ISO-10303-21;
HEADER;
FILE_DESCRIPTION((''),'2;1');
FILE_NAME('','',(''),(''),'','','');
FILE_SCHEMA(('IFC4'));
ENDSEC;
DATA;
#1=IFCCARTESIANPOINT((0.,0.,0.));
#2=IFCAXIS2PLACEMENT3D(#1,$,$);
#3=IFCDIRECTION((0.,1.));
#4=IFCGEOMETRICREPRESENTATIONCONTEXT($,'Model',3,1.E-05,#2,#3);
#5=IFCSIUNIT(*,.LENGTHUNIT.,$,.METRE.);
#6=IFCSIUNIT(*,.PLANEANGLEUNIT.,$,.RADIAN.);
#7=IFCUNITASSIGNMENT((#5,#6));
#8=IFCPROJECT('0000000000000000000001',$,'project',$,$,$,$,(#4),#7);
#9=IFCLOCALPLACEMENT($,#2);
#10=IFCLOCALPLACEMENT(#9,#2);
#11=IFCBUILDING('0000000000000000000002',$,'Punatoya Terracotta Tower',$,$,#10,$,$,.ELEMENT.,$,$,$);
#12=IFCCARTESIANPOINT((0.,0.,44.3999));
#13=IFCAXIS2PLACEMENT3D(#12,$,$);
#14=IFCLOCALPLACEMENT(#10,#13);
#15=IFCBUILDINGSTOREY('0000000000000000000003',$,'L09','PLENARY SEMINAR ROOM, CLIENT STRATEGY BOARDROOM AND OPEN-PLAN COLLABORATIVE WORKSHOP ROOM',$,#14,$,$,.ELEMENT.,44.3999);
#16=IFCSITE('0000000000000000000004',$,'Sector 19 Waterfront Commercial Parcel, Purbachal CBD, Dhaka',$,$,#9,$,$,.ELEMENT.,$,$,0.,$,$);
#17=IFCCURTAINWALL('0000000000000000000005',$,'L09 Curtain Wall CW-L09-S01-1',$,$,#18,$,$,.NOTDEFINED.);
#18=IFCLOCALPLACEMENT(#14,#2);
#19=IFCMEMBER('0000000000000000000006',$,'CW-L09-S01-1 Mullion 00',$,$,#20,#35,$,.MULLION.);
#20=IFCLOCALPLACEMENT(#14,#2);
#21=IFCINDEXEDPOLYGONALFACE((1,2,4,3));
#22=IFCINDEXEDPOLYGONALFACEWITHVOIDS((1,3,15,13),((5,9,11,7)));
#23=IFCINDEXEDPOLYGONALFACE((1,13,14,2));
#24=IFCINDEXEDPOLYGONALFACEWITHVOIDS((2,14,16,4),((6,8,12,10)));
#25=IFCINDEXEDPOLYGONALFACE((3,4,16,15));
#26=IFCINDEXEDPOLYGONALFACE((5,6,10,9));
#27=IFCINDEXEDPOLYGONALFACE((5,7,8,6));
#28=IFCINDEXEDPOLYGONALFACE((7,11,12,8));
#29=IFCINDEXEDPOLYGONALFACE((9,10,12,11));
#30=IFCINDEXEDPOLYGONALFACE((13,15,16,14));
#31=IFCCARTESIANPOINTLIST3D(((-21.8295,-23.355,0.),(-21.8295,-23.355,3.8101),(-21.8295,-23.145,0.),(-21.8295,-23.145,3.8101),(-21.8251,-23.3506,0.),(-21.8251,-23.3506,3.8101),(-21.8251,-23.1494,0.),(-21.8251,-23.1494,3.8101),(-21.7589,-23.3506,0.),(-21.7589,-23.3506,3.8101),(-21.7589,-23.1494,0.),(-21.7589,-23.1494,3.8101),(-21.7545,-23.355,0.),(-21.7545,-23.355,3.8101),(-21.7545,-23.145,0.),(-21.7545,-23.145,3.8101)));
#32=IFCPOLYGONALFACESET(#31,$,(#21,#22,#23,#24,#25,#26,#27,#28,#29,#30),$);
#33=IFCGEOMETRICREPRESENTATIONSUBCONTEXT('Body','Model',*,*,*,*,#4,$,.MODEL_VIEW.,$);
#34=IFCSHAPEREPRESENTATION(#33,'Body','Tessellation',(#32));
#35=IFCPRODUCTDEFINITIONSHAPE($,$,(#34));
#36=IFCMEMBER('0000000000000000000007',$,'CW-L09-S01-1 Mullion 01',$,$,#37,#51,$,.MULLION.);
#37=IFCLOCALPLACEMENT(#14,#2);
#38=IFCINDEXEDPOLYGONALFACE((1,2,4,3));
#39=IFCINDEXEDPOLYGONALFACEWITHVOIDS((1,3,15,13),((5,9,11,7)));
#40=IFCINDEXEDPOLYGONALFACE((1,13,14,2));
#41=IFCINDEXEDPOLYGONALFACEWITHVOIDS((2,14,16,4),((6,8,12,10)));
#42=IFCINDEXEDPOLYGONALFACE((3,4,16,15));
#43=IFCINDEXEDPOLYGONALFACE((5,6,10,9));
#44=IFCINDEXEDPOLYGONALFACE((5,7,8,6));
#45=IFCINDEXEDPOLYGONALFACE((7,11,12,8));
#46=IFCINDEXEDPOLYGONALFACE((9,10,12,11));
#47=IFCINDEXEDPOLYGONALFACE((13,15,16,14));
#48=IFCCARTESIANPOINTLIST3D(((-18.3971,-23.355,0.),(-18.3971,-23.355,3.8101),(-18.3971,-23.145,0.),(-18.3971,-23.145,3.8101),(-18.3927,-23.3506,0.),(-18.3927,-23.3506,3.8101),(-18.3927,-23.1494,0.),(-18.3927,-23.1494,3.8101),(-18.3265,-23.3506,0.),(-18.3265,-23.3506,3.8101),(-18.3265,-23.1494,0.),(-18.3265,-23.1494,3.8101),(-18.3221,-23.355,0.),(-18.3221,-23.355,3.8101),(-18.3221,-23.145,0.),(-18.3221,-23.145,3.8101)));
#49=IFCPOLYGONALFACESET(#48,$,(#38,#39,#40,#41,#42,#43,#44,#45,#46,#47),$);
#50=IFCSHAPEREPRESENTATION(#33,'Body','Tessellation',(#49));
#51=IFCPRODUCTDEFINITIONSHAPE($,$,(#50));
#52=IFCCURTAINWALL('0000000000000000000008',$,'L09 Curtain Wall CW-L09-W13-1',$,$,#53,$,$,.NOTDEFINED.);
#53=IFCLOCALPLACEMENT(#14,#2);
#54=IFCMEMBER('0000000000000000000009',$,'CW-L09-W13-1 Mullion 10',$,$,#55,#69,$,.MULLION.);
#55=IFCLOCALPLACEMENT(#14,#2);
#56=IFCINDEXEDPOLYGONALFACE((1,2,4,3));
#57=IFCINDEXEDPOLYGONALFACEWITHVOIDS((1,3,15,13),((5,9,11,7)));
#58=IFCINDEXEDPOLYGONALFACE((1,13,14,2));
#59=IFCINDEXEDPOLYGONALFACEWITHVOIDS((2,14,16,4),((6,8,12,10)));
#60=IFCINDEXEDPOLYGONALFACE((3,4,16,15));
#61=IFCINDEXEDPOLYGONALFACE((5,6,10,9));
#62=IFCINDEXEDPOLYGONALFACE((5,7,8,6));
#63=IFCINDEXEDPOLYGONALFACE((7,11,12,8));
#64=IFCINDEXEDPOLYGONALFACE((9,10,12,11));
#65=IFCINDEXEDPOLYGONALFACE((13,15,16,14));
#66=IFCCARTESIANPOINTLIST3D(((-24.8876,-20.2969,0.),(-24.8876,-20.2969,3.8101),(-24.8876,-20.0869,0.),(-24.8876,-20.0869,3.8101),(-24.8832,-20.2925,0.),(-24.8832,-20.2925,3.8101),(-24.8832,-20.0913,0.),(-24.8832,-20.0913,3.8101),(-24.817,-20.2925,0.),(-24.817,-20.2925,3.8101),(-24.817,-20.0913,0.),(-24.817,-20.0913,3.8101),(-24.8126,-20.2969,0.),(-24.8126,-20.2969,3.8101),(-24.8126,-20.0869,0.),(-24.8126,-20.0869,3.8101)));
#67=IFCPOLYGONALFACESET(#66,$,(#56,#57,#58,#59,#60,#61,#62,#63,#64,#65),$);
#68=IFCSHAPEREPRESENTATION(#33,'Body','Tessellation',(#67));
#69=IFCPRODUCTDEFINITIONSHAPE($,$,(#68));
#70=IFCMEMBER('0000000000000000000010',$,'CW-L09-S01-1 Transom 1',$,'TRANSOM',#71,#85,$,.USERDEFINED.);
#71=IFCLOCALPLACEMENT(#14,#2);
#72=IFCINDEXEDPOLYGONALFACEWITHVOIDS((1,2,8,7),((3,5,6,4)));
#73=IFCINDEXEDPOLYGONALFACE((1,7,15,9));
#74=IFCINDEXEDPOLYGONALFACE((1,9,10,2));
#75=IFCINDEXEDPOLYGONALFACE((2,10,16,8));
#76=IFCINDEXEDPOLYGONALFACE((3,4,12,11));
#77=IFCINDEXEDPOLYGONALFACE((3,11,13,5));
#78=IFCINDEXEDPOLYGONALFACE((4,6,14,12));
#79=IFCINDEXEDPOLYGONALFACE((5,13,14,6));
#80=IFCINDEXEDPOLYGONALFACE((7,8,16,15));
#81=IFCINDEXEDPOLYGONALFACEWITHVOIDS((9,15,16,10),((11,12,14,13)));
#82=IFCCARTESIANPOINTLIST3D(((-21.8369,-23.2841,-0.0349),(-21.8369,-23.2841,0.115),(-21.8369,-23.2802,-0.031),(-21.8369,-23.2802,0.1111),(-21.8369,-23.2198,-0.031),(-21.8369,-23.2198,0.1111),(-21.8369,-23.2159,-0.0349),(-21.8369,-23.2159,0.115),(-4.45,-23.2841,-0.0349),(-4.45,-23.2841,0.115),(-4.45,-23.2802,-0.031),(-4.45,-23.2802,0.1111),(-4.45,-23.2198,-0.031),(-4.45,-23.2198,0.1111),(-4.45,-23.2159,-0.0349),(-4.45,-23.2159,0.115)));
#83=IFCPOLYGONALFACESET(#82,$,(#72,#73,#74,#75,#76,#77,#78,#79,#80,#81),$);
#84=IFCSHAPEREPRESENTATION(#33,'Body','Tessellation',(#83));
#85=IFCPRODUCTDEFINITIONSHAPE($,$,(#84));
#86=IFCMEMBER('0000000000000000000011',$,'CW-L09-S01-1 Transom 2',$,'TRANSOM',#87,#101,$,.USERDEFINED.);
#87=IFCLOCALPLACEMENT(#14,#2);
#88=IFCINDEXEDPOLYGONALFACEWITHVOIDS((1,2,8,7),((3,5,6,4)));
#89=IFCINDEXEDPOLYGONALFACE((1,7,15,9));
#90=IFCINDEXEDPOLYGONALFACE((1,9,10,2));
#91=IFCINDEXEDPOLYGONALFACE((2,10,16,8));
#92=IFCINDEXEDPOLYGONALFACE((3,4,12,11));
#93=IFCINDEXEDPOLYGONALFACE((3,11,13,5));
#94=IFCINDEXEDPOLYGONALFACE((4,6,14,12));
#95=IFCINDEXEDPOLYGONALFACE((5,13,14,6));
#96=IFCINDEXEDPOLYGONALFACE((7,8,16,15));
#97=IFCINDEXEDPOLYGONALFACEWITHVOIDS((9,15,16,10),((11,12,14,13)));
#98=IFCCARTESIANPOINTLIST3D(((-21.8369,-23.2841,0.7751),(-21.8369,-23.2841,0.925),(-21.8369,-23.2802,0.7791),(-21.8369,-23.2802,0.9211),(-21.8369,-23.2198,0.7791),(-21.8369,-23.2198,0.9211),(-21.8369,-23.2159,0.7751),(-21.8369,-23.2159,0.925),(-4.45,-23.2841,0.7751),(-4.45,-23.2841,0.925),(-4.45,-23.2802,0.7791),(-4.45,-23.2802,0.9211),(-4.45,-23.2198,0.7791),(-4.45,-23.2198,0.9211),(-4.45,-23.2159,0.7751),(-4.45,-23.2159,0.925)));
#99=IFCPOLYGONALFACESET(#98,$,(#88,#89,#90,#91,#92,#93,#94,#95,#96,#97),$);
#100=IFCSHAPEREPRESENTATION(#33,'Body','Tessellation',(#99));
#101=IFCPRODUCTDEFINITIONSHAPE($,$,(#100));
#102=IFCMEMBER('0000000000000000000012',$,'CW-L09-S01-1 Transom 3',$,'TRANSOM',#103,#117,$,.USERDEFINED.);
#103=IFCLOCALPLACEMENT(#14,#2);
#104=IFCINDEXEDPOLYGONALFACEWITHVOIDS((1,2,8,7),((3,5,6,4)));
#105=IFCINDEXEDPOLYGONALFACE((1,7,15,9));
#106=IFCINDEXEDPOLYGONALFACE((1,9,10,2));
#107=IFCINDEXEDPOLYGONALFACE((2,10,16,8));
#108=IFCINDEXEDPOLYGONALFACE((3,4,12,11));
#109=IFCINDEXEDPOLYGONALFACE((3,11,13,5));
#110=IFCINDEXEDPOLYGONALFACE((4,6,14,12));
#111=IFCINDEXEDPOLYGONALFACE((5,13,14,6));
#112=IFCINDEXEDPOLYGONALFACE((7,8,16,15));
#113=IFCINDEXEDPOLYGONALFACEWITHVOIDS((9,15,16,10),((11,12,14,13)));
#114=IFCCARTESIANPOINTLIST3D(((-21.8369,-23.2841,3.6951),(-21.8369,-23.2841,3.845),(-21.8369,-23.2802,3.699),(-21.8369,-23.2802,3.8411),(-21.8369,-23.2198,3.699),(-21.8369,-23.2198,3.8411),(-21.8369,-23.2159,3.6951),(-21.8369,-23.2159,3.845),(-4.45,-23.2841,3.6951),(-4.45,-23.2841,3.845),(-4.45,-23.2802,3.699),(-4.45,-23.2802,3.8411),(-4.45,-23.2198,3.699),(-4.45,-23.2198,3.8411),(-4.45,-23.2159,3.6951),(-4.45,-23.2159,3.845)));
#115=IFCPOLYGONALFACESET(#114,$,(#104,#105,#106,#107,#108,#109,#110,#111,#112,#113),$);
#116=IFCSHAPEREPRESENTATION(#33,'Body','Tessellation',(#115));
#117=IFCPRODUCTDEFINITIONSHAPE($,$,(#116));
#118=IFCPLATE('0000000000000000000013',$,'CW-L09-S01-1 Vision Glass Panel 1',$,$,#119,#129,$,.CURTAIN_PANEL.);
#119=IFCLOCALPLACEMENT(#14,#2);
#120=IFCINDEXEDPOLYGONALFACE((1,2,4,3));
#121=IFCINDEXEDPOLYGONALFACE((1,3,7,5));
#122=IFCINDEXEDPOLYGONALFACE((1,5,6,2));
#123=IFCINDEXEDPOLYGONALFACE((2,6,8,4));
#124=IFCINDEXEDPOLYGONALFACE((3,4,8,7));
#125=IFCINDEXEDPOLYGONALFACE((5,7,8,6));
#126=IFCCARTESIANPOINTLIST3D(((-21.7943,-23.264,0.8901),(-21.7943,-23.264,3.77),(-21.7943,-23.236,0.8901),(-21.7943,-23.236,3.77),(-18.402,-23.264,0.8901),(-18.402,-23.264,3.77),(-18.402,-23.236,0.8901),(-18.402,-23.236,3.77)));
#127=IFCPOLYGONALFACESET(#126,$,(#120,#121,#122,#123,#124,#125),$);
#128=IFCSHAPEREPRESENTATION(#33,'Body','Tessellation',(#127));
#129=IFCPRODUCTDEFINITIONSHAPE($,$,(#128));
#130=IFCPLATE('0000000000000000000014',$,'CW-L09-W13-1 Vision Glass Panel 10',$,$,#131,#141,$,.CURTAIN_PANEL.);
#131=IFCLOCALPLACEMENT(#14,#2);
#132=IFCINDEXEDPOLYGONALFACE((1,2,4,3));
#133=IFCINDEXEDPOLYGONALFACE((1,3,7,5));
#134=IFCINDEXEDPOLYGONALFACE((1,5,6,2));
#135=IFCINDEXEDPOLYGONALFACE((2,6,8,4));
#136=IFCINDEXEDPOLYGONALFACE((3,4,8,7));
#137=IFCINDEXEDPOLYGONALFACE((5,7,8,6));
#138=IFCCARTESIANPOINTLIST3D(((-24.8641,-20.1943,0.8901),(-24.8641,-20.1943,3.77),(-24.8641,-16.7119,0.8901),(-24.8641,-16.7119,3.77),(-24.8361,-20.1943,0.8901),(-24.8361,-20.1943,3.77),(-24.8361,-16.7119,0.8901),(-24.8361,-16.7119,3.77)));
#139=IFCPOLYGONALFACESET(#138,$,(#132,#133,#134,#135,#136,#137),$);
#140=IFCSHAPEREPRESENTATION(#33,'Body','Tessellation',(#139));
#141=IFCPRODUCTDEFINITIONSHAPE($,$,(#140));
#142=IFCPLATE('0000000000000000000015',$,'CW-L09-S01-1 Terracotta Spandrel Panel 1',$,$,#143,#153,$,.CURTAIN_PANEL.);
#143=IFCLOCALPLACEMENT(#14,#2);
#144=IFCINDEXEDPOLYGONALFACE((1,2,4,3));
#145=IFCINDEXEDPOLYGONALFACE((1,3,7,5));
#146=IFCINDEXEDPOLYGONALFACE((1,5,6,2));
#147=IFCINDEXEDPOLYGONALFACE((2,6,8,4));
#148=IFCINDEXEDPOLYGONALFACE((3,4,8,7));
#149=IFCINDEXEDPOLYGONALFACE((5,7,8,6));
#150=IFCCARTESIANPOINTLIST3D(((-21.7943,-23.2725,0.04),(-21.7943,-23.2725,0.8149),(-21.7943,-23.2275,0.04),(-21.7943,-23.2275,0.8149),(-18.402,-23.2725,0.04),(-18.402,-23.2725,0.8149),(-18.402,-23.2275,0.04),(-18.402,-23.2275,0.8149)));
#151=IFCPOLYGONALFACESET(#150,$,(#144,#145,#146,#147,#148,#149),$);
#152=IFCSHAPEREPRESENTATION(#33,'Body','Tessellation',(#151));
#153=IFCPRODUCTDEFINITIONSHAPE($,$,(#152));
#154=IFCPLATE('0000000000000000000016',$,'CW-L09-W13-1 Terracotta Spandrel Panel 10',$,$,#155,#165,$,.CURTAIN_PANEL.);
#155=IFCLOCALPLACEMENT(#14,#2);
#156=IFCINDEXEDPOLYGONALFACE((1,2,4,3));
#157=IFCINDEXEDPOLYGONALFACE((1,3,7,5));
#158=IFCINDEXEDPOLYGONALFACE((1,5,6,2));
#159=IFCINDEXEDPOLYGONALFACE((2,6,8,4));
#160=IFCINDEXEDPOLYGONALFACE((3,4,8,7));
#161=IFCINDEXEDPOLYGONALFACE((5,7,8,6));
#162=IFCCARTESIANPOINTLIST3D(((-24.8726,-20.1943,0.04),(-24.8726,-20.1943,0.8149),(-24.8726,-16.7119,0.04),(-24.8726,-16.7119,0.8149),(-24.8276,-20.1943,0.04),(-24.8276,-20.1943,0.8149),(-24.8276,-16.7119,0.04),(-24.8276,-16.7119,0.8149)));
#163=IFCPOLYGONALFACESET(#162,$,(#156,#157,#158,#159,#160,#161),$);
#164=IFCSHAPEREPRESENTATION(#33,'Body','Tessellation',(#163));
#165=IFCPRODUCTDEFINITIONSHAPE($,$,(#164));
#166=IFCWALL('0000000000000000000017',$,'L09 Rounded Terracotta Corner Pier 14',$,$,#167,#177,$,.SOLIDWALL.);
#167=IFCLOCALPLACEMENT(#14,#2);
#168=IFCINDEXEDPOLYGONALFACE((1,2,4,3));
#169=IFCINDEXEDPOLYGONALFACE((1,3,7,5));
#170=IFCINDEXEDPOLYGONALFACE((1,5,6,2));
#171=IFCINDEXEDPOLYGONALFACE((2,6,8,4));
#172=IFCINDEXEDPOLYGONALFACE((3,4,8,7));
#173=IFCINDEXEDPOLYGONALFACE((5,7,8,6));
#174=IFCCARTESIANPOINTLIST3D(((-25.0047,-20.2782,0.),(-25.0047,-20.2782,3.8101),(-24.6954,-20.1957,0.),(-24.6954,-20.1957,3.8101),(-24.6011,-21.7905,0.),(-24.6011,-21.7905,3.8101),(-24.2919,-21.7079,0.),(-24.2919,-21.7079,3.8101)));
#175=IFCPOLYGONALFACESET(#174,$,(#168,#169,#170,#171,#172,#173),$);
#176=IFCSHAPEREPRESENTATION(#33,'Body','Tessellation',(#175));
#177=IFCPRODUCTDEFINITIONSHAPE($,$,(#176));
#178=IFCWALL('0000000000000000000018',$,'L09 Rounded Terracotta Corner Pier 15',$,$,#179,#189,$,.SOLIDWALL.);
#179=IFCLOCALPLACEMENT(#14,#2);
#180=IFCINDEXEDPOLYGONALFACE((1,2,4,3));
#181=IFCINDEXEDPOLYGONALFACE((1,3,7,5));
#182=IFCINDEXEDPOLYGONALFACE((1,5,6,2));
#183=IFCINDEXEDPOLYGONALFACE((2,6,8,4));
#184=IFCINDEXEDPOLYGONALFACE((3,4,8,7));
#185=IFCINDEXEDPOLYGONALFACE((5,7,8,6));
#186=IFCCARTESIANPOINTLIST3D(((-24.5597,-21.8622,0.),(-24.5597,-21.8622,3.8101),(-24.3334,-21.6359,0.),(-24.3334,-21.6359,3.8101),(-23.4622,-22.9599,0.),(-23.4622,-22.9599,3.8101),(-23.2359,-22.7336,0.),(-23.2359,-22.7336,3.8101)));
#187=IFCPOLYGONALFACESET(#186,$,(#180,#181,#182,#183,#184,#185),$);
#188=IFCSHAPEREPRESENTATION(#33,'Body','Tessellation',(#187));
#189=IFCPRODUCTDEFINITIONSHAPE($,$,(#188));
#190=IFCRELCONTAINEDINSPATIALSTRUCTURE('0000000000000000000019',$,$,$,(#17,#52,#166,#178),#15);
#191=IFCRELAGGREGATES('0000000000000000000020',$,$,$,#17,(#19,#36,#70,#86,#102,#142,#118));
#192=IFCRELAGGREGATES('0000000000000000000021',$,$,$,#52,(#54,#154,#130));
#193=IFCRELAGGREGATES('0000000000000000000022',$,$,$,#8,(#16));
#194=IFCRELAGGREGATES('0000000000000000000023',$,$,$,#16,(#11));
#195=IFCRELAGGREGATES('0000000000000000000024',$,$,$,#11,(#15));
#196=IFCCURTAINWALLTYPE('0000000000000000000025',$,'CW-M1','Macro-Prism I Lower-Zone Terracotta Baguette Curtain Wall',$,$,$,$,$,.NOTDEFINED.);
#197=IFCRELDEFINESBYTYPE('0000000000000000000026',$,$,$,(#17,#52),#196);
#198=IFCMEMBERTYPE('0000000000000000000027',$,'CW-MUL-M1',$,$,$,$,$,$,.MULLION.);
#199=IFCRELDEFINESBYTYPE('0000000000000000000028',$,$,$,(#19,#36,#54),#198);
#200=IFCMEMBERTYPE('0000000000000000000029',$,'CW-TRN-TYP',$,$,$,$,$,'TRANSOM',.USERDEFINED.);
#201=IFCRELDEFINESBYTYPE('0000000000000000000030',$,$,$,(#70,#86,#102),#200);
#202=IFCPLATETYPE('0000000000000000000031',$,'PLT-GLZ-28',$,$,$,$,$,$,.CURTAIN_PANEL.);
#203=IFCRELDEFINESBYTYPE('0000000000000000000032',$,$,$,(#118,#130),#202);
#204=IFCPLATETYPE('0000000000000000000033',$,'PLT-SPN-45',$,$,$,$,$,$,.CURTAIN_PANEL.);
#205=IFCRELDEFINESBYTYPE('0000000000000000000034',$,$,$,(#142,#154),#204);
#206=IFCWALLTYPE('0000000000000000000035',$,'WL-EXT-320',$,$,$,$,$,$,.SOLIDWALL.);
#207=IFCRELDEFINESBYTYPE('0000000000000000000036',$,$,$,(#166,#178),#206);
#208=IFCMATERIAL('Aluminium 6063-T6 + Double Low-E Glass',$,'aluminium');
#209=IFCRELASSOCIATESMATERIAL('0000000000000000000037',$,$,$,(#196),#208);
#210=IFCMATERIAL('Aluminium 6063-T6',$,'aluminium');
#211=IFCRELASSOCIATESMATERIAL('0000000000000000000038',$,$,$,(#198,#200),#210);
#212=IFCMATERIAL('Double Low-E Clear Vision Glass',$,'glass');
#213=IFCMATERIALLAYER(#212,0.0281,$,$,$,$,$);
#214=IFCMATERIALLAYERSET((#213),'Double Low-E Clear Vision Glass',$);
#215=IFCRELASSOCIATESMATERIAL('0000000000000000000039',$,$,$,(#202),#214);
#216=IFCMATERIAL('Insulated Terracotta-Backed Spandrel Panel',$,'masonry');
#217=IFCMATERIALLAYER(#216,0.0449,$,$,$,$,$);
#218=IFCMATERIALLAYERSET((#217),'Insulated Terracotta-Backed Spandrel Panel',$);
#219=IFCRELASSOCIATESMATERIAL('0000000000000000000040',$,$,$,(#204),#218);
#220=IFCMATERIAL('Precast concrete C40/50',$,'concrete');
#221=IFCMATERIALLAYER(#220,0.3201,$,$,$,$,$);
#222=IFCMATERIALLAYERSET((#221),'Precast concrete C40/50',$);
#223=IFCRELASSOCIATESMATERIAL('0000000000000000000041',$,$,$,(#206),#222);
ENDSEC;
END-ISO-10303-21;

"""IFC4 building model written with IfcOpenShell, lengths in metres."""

from ifc_helpers import new_model, si_unit, direction, frame, frame_2d, origin, origin_2d, place, context, subcontext, project, spatial, rectangle, hollow_rectangle, extrude, material, layer, layer_set, material_profile, profile_set, type_object, element, aggregate, save


model = new_model("IFC4")

# Units and contexts
model_context = context("Model", 3, precision=1e-05, world=origin(), true_north=direction((0.0, 1.0)))
body_context = subcontext(model_context, "Body", "Model", "MODEL_VIEW")
ifc_project = project(units=[si_unit("LENGTHUNIT", "METRE"), si_unit("PLANEANGLEUNIT", "RADIAN")], contexts=[model_context])

# Site, building, storey
site_placement = place(None, origin())
site = spatial("IfcSite", under=ifc_project, at=site_placement, Name="Sector 19 Waterfront Commercial Parcel, Purbachal CBD, Dhaka", CompositionType="ELEMENT", RefElevation=0.0)
building_placement = place(site_placement, origin())
building = spatial("IfcBuilding", under=site, at=building_placement, Name="Punatoya Terracotta Tower", CompositionType="ELEMENT")
storey_placement = place(building_placement, frame((0.0, 0.0, 44.3999)))
storey = spatial("IfcBuildingStorey", under=building, at=storey_placement, Name="L09", Description="PLENARY SEMINAR ROOM, CLIENT STRATEGY BOARDROOM AND OPEN-PLAN COLLABORATIVE WORKSHOP ROOM", CompositionType="ELEMENT", Elevation=44.3999)

# Curtain wall, members
ifc_material_1 = material(Name="Aluminium 6063-T6 + Double Low-E Glass", Category="aluminium")
curtain_wall_type = type_object("IfcCurtainWallType", Name="CW-M1", Description="Macro-Prism I Lower-Zone Terracotta Baguette Curtain Wall", PredefinedType="NOTDEFINED", material=ifc_material_1)
curtain_wall_1_placement = place(storey_placement, origin())
curtain_wall_1 = element("IfcCurtainWall", 1, at=curtain_wall_1_placement, inside=storey, type_object=curtain_wall_type, Name="L09 Curtain Wall CW-L09-S01-1", PredefinedType="NOTDEFINED")
ifc_material_2 = material(Name="Aluminium 6063-T6", Category="aluminium")
ifc_material_profile_1 = material_profile(ifc_material_2, hollow_rectangle(XDim=0.075, YDim=0.21, WallThickness=0.0044, at=origin_2d()))
ifc_profile_set_1 = profile_set([ifc_material_profile_1], Name="Aluminium 6063-T6")
member_type_1 = type_object("IfcMemberType", Name="CW-MUL-M1", PredefinedType="MULLION", material=ifc_profile_set_1)
member_1_placement = place(storey_placement, frame((-21.792, -23.25, 0.0), z_axis=(0.0, 0.0, 1.0), x_axis=(1.0, 0.0, 0.0)))
member_1 = element("IfcMember", 2, at=member_1_placement, type_object=member_type_1, Name="CW-L09-S01-1 Mullion 00", PredefinedType="MULLION", context=body_context, shape_type="SweptSolid", body=[
    extrude(hollow_rectangle(XDim=0.075, YDim=0.21, WallThickness=0.0044, at=origin_2d()), origin(), (0.0, 0.0, 1.0), 3.8101),
])
member_2_placement = place(storey_placement, frame((-18.3596, -23.25, 0.0), z_axis=(0.0, 0.0, 1.0), x_axis=(1.0, 0.0, 0.0)))
member_2 = element("IfcMember", 3, at=member_2_placement, type_object=member_type_1, Name="CW-L09-S01-1 Mullion 01", PredefinedType="MULLION", context=body_context, shape_type="SweptSolid", body=[
    extrude(hollow_rectangle(XDim=0.075, YDim=0.21, WallThickness=0.0044, at=origin_2d()), origin(), (0.0, 0.0, 1.0), 3.8101),
])

# Curtain wall, member
curtain_wall_2_placement = place(storey_placement, origin())
curtain_wall_2 = element("IfcCurtainWall", 4, at=curtain_wall_2_placement, inside=storey, type_object=curtain_wall_type, Name="L09 Curtain Wall CW-L09-W13-1", PredefinedType="NOTDEFINED")
member_3_placement = place(storey_placement, frame((-24.8501, -20.1919, 0.0), z_axis=(0.0, 0.0, 1.0), x_axis=(1.0, 0.0, 0.0)))
member_3 = element("IfcMember", 5, at=member_3_placement, type_object=member_type_1, Name="CW-L09-W13-1 Mullion 10", PredefinedType="MULLION", context=body_context, shape_type="SweptSolid", body=[
    extrude(hollow_rectangle(XDim=0.075, YDim=0.21, WallThickness=0.0044, at=origin_2d()), origin(), (0.0, 0.0, 1.0), 3.8101),
])

# Members
ifc_material_profile_2 = material_profile(ifc_material_2, hollow_rectangle(XDim=0.0681, YDim=0.1499, WallThickness=0.0039, at=origin_2d()))
ifc_profile_set_2 = profile_set([ifc_material_profile_2], Name="Aluminium 6063-T6")
member_type_2 = type_object("IfcMemberType", Name="CW-TRN-TYP", ElementType="TRANSOM", PredefinedType="USERDEFINED", material=ifc_profile_set_2)
member_4_placement = place(storey_placement, frame((-21.8369, -23.25, 0.04), z_axis=(1.0, 0.0, 0.0), x_axis=(0.0, 1.0, 0.0)))
member_4 = element("IfcMember", 6, at=member_4_placement, type_object=member_type_2, Name="CW-L09-S01-1 Transom 1", ObjectType="TRANSOM", PredefinedType="USERDEFINED", context=body_context, shape_type="SweptSolid", body=[
    extrude(hollow_rectangle(XDim=0.0681, YDim=0.1499, WallThickness=0.0039, at=origin_2d()), origin(), (0.0, 0.0, 1.0), 17.387),
])
member_5_placement = place(storey_placement, frame((-21.8369, -23.25, 0.8501), z_axis=(1.0, 0.0, 0.0), x_axis=(0.0, 1.0, 0.0)))
member_5 = element("IfcMember", 7, at=member_5_placement, type_object=member_type_2, Name="CW-L09-S01-1 Transom 2", ObjectType="TRANSOM", PredefinedType="USERDEFINED", context=body_context, shape_type="SweptSolid", body=[
    extrude(hollow_rectangle(XDim=0.0681, YDim=0.1499, WallThickness=0.0039, at=origin_2d()), origin(), (0.0, 0.0, 1.0), 17.387),
])
member_6_placement = place(storey_placement, frame((-21.8369, -23.25, 3.77), z_axis=(1.0, 0.0, 0.0), x_axis=(0.0, 1.0, 0.0)))
member_6 = element("IfcMember", 8, at=member_6_placement, type_object=member_type_2, Name="CW-L09-S01-1 Transom 3", ObjectType="TRANSOM", PredefinedType="USERDEFINED", context=body_context, shape_type="SweptSolid", body=[
    extrude(hollow_rectangle(XDim=0.0681, YDim=0.1499, WallThickness=0.0039, at=origin_2d()), origin(), (0.0, 0.0, 1.0), 17.387),
])

# Plates
ifc_material_3 = material(Name="Double Low-E Clear Vision Glass", Category="glass")
ifc_layer_1 = layer(ifc_material_3, 0.0281)
ifc_layer_set_1 = layer_set([ifc_layer_1], Name="Double Low-E Clear Vision Glass")
plate_type_1 = type_object("IfcPlateType", Name="PLT-GLZ-28", PredefinedType="CURTAIN_PANEL", material=ifc_layer_set_1)
plate_1_placement = place(storey_placement, frame((-20.0981, -23.25, 0.8901), z_axis=(0.0, 0.0, 1.0), x_axis=(1.0, 0.0, 0.0)))
plate_1 = element("IfcPlate", 9, at=plate_1_placement, type_object=plate_type_1, Name="CW-L09-S01-1 Vision Glass Panel 1", PredefinedType="CURTAIN_PANEL", context=body_context, shape_type="SweptSolid", body=[
    extrude(rectangle(XDim=3.3923, YDim=0.0281, at=origin_2d()), origin(), (0.0, 0.0, 1.0), 2.8799),
])
plate_2_placement = place(storey_placement, frame((-24.8501, -18.4531, 0.8901), z_axis=(0.0, 0.0, 1.0), x_axis=(0.0, -1.0, 0.0)))
plate_2 = element("IfcPlate", 10, at=plate_2_placement, type_object=plate_type_1, Name="CW-L09-W13-1 Vision Glass Panel 10", PredefinedType="CURTAIN_PANEL", context=body_context, shape_type="SweptSolid", body=[
    extrude(rectangle(XDim=3.4824, YDim=0.0281, at=origin_2d()), origin(), (0.0, 0.0, 1.0), 2.8799),
])
ifc_material_4 = material(Name="Insulated Terracotta-Backed Spandrel Panel", Category="masonry")
ifc_layer_2 = layer(ifc_material_4, 0.0449)
ifc_layer_set_2 = layer_set([ifc_layer_2], Name="Insulated Terracotta-Backed Spandrel Panel")
plate_type_2 = type_object("IfcPlateType", Name="PLT-SPN-45", PredefinedType="CURTAIN_PANEL", material=ifc_layer_set_2)
plate_3_placement = place(storey_placement, frame((-20.0981, -23.25, 0.04), z_axis=(0.0, 0.0, 1.0), x_axis=(1.0, 0.0, 0.0)))
plate_3 = element("IfcPlate", 11, at=plate_3_placement, type_object=plate_type_2, Name="CW-L09-S01-1 Terracotta Spandrel Panel 1", PredefinedType="CURTAIN_PANEL", context=body_context, shape_type="SweptSolid", body=[
    extrude(rectangle(XDim=3.3923, YDim=0.0449, at=origin_2d()), origin(), (0.0, 0.0, 1.0), 0.7749),
])
aggregate(curtain_wall_1, [member_1, member_2, member_4, member_5, member_6, plate_3, plate_1])
plate_4_placement = place(storey_placement, frame((-24.8501, -18.4531, 0.04), z_axis=(0.0, 0.0, 1.0), x_axis=(0.0, -1.0, 0.0)))
plate_4 = element("IfcPlate", 12, at=plate_4_placement, type_object=plate_type_2, Name="CW-L09-W13-1 Terracotta Spandrel Panel 10", PredefinedType="CURTAIN_PANEL", context=body_context, shape_type="SweptSolid", body=[
    extrude(rectangle(XDim=3.4824, YDim=0.0449, at=origin_2d()), origin(), (0.0, 0.0, 1.0), 0.7749),
])
aggregate(curtain_wall_2, [member_3, plate_4, plate_2])

# Walls
ifc_material_5 = material(Name="Precast concrete C40/50", Category="concrete")
ifc_layer_3 = layer(ifc_material_5, 0.3201)
ifc_layer_set_3 = layer_set([ifc_layer_3], Name="Precast concrete C40/50")
wall_type = type_object("IfcWallType", Name="WL-EXT-320", PredefinedType="SOLIDWALL", material=ifc_layer_set_3)
wall_1_placement = place(storey_placement, frame((-24.8501, -20.2368, 0.0), z_axis=(0.0, 0.0, 1.0), x_axis=(0.257847, -0.966186, 0.0)))
element("IfcWall", 13, at=wall_1_placement, inside=storey, type_object=wall_type, Name="L09 Rounded Terracotta Corner Pier 14", PredefinedType="SOLIDWALL", context=body_context, shape_type="SweptSolid", body=[
    extrude(rectangle(XDim=1.5652, YDim=0.3201, at=frame_2d((0.7827, 0.0))), origin(), (0.0, 0.0, 1.0), 3.8101),
])
wall_2_placement = place(storey_placement, frame((-24.4465, -21.749, 0.0), z_axis=(0.0, 0.0, 1.0), x_axis=(0.707028, -0.707185, 0.0)))
element("IfcWall", 14, at=wall_2_placement, inside=storey, type_object=wall_type, Name="L09 Rounded Terracotta Corner Pier 15", PredefinedType="SOLIDWALL", context=body_context, shape_type="SweptSolid", body=[
    extrude(rectangle(XDim=1.5522, YDim=0.3201, at=frame_2d((0.7761, 0.0))), origin(), (0.0, 0.0, 1.0), 3.8101),
])

save(model, "model.ifc")
